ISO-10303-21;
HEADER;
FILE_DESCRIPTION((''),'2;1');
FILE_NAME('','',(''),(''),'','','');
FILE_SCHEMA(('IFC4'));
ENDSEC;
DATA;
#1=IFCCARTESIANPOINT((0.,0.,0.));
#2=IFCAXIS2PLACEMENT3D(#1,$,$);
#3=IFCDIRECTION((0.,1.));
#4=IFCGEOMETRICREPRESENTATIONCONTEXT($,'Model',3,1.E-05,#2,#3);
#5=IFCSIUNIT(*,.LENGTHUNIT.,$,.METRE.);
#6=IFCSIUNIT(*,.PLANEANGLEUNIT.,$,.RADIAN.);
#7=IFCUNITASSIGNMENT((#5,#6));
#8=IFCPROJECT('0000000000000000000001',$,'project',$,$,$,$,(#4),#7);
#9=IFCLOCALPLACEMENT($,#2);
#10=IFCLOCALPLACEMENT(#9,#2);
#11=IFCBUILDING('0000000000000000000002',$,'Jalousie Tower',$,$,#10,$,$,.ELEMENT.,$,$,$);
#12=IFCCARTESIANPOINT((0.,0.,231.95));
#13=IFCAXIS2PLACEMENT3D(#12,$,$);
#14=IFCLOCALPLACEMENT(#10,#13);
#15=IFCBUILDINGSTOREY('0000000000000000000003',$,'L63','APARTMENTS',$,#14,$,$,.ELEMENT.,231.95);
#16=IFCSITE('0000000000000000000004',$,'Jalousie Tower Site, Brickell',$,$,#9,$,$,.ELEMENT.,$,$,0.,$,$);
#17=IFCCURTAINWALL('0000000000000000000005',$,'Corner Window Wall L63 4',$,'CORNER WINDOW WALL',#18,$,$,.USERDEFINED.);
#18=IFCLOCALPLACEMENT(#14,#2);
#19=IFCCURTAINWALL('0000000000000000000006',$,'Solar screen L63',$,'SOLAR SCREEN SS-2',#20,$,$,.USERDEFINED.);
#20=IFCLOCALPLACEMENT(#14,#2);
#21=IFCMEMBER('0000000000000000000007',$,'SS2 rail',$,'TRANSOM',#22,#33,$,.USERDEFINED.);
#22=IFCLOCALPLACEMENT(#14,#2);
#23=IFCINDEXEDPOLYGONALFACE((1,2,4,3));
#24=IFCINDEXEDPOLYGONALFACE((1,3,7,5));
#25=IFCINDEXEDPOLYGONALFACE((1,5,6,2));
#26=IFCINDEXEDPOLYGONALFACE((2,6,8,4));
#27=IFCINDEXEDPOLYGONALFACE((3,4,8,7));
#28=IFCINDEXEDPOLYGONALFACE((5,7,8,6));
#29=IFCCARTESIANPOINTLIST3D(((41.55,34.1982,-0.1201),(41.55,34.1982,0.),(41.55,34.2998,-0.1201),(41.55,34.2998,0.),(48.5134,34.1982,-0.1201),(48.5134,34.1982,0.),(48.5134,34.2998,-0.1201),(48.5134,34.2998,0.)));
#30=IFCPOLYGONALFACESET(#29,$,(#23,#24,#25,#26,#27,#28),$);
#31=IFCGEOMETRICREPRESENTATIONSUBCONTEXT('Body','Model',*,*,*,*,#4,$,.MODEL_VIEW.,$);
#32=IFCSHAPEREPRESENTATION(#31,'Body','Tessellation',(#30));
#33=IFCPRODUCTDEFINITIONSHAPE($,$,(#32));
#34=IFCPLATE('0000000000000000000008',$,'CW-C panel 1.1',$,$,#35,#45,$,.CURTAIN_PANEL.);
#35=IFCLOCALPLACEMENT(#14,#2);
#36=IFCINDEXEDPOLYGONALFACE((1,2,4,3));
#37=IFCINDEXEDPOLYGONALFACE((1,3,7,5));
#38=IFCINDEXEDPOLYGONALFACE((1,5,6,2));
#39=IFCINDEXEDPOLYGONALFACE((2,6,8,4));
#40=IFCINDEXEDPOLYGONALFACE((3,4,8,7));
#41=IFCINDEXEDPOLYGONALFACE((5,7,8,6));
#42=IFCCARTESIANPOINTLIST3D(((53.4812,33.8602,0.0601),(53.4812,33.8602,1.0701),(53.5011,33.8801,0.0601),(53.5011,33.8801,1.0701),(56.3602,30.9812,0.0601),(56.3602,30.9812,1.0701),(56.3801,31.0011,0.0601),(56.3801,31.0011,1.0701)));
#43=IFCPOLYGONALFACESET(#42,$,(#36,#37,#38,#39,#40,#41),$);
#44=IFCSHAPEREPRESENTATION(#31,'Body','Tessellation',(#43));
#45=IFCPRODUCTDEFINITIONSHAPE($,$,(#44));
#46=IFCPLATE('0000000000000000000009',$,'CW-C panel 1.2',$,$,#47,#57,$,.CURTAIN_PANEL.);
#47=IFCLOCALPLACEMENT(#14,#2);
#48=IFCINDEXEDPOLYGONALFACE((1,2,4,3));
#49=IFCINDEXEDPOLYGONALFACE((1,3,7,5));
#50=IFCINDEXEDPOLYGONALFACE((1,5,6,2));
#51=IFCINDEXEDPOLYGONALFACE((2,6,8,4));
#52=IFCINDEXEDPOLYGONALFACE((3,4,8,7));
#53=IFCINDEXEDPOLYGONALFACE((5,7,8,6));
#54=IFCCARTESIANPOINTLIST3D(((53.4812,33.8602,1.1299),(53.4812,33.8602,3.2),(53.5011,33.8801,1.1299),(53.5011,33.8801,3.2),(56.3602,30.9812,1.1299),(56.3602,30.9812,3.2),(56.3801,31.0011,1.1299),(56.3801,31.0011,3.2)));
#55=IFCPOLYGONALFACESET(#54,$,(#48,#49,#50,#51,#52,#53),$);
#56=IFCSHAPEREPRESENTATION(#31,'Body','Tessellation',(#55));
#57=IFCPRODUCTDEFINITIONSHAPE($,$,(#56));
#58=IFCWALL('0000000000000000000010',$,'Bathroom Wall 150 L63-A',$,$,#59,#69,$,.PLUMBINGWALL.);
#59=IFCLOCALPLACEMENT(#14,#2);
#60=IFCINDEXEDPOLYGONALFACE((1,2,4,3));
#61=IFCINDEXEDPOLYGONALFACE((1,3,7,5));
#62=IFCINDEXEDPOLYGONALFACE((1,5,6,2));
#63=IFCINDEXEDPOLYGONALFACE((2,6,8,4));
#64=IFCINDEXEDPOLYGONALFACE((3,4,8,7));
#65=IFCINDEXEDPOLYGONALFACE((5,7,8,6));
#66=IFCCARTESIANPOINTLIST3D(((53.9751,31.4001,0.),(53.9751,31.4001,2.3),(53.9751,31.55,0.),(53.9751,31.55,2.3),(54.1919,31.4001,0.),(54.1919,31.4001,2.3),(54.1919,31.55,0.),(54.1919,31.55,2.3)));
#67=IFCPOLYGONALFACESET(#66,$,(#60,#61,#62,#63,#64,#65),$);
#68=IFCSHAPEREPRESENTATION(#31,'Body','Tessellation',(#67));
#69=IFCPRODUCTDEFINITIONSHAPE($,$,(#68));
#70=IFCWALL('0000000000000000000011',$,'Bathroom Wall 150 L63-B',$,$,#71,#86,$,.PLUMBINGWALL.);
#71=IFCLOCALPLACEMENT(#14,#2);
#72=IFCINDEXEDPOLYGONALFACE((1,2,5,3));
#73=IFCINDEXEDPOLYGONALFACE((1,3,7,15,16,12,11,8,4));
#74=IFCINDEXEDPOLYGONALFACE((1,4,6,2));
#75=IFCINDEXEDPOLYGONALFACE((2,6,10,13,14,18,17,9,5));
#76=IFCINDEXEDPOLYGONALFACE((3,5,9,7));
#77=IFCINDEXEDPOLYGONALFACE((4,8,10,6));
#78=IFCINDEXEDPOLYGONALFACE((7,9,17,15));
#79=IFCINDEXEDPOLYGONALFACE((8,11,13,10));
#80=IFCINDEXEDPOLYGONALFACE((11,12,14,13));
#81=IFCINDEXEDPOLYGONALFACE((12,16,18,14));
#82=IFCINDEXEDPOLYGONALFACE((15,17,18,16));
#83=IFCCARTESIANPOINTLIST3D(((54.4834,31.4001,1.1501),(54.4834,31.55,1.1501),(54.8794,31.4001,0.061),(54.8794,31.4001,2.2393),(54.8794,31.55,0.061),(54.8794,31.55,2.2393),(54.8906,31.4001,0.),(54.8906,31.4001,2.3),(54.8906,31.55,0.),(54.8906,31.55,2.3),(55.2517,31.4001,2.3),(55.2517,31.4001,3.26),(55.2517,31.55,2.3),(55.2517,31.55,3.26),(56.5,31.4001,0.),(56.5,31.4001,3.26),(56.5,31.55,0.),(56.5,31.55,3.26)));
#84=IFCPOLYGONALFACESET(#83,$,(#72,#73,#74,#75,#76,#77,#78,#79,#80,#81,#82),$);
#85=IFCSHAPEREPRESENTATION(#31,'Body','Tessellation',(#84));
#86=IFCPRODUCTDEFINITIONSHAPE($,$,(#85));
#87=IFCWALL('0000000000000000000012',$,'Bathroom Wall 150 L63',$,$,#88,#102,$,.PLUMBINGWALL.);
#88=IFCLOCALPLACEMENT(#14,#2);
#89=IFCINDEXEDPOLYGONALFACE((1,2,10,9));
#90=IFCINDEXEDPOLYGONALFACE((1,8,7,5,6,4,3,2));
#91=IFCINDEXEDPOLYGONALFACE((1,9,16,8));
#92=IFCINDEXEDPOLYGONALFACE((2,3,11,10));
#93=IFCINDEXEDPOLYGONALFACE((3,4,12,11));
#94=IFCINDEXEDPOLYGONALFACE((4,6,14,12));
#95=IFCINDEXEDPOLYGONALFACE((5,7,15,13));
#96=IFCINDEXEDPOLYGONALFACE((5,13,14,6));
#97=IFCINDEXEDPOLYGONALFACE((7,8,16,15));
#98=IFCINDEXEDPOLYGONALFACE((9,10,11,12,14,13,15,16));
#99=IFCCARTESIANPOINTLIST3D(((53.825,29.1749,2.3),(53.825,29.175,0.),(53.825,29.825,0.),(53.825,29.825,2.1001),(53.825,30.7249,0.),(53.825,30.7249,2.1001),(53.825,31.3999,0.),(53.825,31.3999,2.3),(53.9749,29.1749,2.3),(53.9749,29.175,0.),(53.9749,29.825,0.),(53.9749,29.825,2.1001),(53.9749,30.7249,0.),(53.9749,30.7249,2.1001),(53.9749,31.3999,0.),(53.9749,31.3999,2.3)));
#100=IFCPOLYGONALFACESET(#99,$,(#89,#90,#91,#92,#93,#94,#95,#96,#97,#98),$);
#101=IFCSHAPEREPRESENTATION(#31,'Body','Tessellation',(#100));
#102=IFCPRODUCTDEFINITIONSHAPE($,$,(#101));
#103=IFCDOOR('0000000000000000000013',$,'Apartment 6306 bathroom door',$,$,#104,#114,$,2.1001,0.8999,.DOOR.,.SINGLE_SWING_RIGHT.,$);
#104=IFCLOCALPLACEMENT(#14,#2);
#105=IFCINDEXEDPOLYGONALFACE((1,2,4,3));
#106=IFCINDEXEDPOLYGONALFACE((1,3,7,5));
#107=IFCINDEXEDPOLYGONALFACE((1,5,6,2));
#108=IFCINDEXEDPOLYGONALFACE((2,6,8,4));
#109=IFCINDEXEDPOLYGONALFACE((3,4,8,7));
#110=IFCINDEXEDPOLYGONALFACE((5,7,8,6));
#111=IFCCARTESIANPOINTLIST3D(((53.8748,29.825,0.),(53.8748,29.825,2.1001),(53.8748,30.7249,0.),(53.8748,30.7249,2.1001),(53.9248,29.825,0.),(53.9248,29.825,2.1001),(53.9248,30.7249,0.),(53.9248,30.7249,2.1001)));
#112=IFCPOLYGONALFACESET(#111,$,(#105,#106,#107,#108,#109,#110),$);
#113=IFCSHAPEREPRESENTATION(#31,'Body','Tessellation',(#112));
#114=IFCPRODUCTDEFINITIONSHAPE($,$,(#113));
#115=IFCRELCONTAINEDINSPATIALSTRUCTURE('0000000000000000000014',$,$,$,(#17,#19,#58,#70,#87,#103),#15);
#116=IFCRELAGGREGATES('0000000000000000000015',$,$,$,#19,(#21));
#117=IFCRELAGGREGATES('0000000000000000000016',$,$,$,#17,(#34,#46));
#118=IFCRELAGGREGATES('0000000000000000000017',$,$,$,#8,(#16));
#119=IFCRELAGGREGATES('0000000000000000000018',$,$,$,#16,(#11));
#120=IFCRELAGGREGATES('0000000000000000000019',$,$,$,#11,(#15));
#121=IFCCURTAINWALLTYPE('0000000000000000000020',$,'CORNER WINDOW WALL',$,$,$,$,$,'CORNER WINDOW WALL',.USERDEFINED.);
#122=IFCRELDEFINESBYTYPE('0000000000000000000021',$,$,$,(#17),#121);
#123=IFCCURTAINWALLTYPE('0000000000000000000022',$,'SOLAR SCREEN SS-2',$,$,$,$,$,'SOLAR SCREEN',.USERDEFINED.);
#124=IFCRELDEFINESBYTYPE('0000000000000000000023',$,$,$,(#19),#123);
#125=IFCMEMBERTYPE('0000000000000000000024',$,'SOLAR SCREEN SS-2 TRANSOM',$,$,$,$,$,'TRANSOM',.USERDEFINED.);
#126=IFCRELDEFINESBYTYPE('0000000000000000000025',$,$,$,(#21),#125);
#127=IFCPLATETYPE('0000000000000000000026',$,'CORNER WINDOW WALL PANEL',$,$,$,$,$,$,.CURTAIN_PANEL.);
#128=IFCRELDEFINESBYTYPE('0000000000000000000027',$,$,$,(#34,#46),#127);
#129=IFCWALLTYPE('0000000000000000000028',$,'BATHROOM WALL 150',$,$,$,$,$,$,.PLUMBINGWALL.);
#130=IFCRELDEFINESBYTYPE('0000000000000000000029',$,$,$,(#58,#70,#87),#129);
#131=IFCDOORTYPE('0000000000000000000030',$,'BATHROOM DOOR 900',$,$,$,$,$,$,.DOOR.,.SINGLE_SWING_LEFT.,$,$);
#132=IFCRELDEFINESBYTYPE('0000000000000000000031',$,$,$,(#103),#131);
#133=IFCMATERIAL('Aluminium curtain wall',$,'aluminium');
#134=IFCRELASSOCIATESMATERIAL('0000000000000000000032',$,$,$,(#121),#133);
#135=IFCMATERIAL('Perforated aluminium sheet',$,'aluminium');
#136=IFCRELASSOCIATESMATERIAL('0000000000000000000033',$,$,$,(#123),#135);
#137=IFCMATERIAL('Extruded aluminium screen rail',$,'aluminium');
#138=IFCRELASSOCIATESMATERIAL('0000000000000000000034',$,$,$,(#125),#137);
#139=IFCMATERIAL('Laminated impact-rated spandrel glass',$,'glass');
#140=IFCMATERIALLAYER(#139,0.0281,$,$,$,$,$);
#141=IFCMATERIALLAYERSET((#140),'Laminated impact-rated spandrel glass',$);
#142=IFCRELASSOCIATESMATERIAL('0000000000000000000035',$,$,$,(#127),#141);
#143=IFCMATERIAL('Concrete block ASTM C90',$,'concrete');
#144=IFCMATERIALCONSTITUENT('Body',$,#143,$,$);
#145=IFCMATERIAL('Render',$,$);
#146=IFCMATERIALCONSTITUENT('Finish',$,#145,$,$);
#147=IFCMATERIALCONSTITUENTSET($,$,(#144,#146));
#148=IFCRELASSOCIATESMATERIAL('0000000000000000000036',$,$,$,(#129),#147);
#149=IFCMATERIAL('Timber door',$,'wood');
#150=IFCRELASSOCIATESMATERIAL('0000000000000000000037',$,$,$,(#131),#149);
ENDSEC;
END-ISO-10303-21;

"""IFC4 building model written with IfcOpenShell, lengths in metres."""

from ifc_helpers import new_model, si_unit, direction, frame, frame_2d, origin, origin_2d, place, context, subcontext, project, spatial, polyline, rectangle, outline, extrude, material, layer, layer_set, constituent, constituent_set, material_profile, profile_set, type_object, element, fill, aggregate, save


model = new_model("IFC4")

# Units and contexts
model_context = context("Model", 3, precision=1e-05, world=origin(), true_north=direction((0.0, 1.0)))
body_context = subcontext(model_context, "Body", "Model", "MODEL_VIEW")
ifc_project = project(units=[si_unit("LENGTHUNIT", "METRE"), si_unit("PLANEANGLEUNIT", "RADIAN")], contexts=[model_context])

# Site, building, storey
site_placement = place(None, origin())
site = spatial("IfcSite", under=ifc_project, at=site_placement, Name="Jalousie Tower Site, Brickell", CompositionType="ELEMENT", RefElevation=0.0)
building_placement = place(site_placement, origin())
building = spatial("IfcBuilding", under=site, at=building_placement, Name="Jalousie Tower", CompositionType="ELEMENT")
storey_placement = place(building_placement, frame((0.0, 0.0, 231.95)))
storey = spatial("IfcBuildingStorey", under=building, at=storey_placement, Name="L63", Description="APARTMENTS", CompositionType="ELEMENT", Elevation=231.95)

# Curtain wall
ifc_material_1 = material(Name="Aluminium curtain wall", Category="aluminium")
curtain_wall_type_1 = type_object("IfcCurtainWallType", Name="CORNER WINDOW WALL", ElementType="CORNER WINDOW WALL", PredefinedType="USERDEFINED", material=ifc_material_1)
curtain_wall_1_placement = place(storey_placement, origin())
curtain_wall_1 = element("IfcCurtainWall", 1, at=curtain_wall_1_placement, inside=storey, type_object=curtain_wall_type_1, Name="Corner Window Wall L63 4", ObjectType="CORNER WINDOW WALL", PredefinedType="USERDEFINED")

# Curtain wall, member
ifc_material_2 = material(Name="Perforated aluminium sheet", Category="aluminium")
curtain_wall_type_2 = type_object("IfcCurtainWallType", Name="SOLAR SCREEN SS-2", ElementType="SOLAR SCREEN", PredefinedType="USERDEFINED", material=ifc_material_2)
curtain_wall_2_placement = place(storey_placement, origin())
curtain_wall_2 = element("IfcCurtainWall", 2, at=curtain_wall_2_placement, inside=storey, type_object=curtain_wall_type_2, Name="Solar screen L63", ObjectType="SOLAR SCREEN SS-2", PredefinedType="USERDEFINED")
ifc_material_3 = material(Name="Extruded aluminium screen rail", Category="aluminium")
ifc_material_profile_1 = material_profile(ifc_material_3, rectangle(XDim=0.1016, YDim=0.1201, at=origin_2d()), Name="RAIL 102x120")
ifc_profile_set_1 = profile_set([ifc_material_profile_1], Name="Extruded aluminium screen rail")
member_type_1 = type_object("IfcMemberType", Name="SOLAR SCREEN SS-2 TRANSOM", ElementType="TRANSOM", PredefinedType="USERDEFINED", material=ifc_profile_set_1)
member_1_placement = place(storey_placement, frame((48.5134, 34.249, -0.0601), z_axis=(-1.0, 0.0, 0.0), x_axis=(0.0, -1.0, 0.0)))
member_1 = element("IfcMember", 3, at=member_1_placement, type_object=member_type_1, Name="SS2 rail", ObjectType="TRANSOM", PredefinedType="USERDEFINED", context=body_context, shape_type="SweptSolid", body=[
    extrude(rectangle(XDim=0.1016, YDim=0.1201, at=origin_2d()), origin(), (0.0, 0.0, 1.0), 6.9634),
])
aggregate(curtain_wall_2, [member_1])

# Plates
ifc_material_4 = material(Name="Laminated impact-rated spandrel glass", Category="glass")
ifc_layer_1 = layer(ifc_material_4, 0.0281)
ifc_layer_set_1 = layer_set([ifc_layer_1], Name="Laminated impact-rated spandrel glass")
plate_type = type_object("IfcPlateType", Name="CORNER WINDOW WALL PANEL", PredefinedType="CURTAIN_PANEL", material=ifc_layer_set_1)
plate_1_placement = place(storey_placement, frame((54.9307, 32.4307, 0.0601), z_axis=(0.0, 0.0, 1.0), x_axis=(-0.707107, 0.707107, 0.0)))
plate_1 = element("IfcPlate", 4, at=plate_1_placement, type_object=plate_type, Name="CW-C panel 1.1", PredefinedType="CURTAIN_PANEL", context=body_context, shape_type="SweptSolid", body=[
    extrude(rectangle(XDim=4.0715, YDim=0.0281, at=origin_2d()), origin(), (0.0, 0.0, 1.0), 1.01),
])
plate_2_placement = place(storey_placement, frame((54.9307, 32.4307, 1.1299), z_axis=(0.0, 0.0, 1.0), x_axis=(-0.707107, 0.707107, 0.0)))
plate_2 = element("IfcPlate", 5, at=plate_2_placement, type_object=plate_type, Name="CW-C panel 1.2", PredefinedType="CURTAIN_PANEL", context=body_context, shape_type="SweptSolid", body=[
    extrude(rectangle(XDim=4.0715, YDim=0.0281, at=origin_2d()), origin(), (0.0, 0.0, 1.0), 2.0701),
])
aggregate(curtain_wall_1, [plate_1, plate_2])

# Walls
ifc_material_5 = material(Name="Concrete block ASTM C90", Category="concrete")
ifc_constituent_1 = constituent(ifc_material_5, Name="Body")
ifc_material_6 = material(Name="Render")
ifc_constituent_2 = constituent(ifc_material_6, Name="Finish")
ifc_constituent_set_1 = constituent_set(constituents=[ifc_constituent_1, ifc_constituent_2])
wall_type_1 = type_object("IfcWallType", Name="BATHROOM WALL 150", PredefinedType="PLUMBINGWALL", material=ifc_constituent_set_1)
wall_1_placement = place(storey_placement, frame((53.9751, 31.4751, 0.0), z_axis=(0.0, 0.0, 1.0), x_axis=(1.0, 0.0, 0.0)))
element("IfcWall", 6, at=wall_1_placement, inside=storey, type_object=wall_type_1, Name="Bathroom Wall 150 L63-A", PredefinedType="PLUMBINGWALL", context=body_context, shape_type="SweptSolid", body=[
    extrude(rectangle(XDim=0.2168, YDim=0.1499, at=frame_2d((0.1084, 0.0))), origin(), (0.0, 0.0, 1.0), 2.3),
])
wall_2_placement = place(storey_placement, frame((54.4834, 31.4751, 0.0), z_axis=(0.0, 0.0, 1.0), x_axis=(1.0, 0.0, 0.0)))
element("IfcWall", 7, at=wall_2_placement, inside=storey, type_object=wall_type_1, Name="Bathroom Wall 150 L63-B", PredefinedType="PLUMBINGWALL", context=body_context, shape_type="SweptSolid", body=[
    extrude(outline(polyline([(0.7683, 3.26), (0.7683, 2.3), (0.4072, 2.3), (0.396, 2.2393), (0.0, 1.1501), (0.396, 0.061), (0.4072, 0.0), (2.0166, 0.0), (2.0166, 3.26), (0.7683, 3.26)])), frame((0.0, 0.075, 0.0), z_axis=(0.0, -1.0, 0.0), x_axis=(1.0, 0.0, 0.0)), (0.0, 0.0, 1.0), 0.1499),
])

# Wall, opening, door
wall_3_placement = place(storey_placement, frame((53.8999, 31.3999, 0.0), z_axis=(0.0, 0.0, 1.0), x_axis=(0.0, -1.0, 0.0)))
wall_3 = element("IfcWall", 8, at=wall_3_placement, inside=storey, type_object=wall_type_1, Name="Bathroom Wall 150 L63", PredefinedType="PLUMBINGWALL", context=body_context, shape_type="SweptSolid", body=[
    extrude(outline(polyline([(0.0, 0.0), (2.2249, 0.0), (2.2251, 3.26), (2.2251, 2.3), (0.438, 2.3), (0.0, 2.3), (0.0, 3.26), (0.0, 0.0)])), frame((0.0, 0.075, 0.0), z_axis=(0.0, -1.0, 0.0), x_axis=(1.0, 0.0, 0.0)), (0.0, 0.0, 1.0), 0.1499),
])
opening_1_placement = place(wall_3_placement, frame((0.675, 0.0, 0.0)))
opening_1 = element("IfcOpeningElement", 9, at=opening_1_placement, cuts=wall_3, PredefinedType="OPENING", context=body_context, shape_type="SweptSolid", body=[
    extrude(rectangle(XDim=0.8999, YDim=2.1001, at=frame_2d((0.45, 1.05))), frame((0.0, 0.085, 0.0), z_axis=(0.0, -1.0, 0.0), x_axis=(1.0, 0.0, 0.0)), (0.0, 0.0, 1.0), 0.1699),
])
ifc_material_7 = material(Name="Timber door", Category="wood")
door_type_1 = type_object("IfcDoorType", Name="BATHROOM DOOR 900", OperationType="SINGLE_SWING_LEFT", PredefinedType="DOOR", material=ifc_material_7)
door_1_placement = place(opening_1_placement, origin())
door_1 = element("IfcDoor", 10, at=door_1_placement, inside=storey, type_object=door_type_1, Name="Apartment 6306 bathroom door", OperationType="SINGLE_SWING_RIGHT", OverallHeight=2.1001, OverallWidth=0.8999, PredefinedType="DOOR", context=body_context, shape_type="SweptSolid", body=[
    extrude(rectangle(XDim=0.8999, YDim=2.1001, at=frame_2d((0.45, 1.05))), frame((0.0, 0.0249, 0.0), z_axis=(0.0, -1.0, 0.0), x_axis=(1.0, 0.0, 0.0)), (0.0, 0.0, 1.0), 0.05),
])
fill(opening_1, door_1)

save(model, "model.ifc")
